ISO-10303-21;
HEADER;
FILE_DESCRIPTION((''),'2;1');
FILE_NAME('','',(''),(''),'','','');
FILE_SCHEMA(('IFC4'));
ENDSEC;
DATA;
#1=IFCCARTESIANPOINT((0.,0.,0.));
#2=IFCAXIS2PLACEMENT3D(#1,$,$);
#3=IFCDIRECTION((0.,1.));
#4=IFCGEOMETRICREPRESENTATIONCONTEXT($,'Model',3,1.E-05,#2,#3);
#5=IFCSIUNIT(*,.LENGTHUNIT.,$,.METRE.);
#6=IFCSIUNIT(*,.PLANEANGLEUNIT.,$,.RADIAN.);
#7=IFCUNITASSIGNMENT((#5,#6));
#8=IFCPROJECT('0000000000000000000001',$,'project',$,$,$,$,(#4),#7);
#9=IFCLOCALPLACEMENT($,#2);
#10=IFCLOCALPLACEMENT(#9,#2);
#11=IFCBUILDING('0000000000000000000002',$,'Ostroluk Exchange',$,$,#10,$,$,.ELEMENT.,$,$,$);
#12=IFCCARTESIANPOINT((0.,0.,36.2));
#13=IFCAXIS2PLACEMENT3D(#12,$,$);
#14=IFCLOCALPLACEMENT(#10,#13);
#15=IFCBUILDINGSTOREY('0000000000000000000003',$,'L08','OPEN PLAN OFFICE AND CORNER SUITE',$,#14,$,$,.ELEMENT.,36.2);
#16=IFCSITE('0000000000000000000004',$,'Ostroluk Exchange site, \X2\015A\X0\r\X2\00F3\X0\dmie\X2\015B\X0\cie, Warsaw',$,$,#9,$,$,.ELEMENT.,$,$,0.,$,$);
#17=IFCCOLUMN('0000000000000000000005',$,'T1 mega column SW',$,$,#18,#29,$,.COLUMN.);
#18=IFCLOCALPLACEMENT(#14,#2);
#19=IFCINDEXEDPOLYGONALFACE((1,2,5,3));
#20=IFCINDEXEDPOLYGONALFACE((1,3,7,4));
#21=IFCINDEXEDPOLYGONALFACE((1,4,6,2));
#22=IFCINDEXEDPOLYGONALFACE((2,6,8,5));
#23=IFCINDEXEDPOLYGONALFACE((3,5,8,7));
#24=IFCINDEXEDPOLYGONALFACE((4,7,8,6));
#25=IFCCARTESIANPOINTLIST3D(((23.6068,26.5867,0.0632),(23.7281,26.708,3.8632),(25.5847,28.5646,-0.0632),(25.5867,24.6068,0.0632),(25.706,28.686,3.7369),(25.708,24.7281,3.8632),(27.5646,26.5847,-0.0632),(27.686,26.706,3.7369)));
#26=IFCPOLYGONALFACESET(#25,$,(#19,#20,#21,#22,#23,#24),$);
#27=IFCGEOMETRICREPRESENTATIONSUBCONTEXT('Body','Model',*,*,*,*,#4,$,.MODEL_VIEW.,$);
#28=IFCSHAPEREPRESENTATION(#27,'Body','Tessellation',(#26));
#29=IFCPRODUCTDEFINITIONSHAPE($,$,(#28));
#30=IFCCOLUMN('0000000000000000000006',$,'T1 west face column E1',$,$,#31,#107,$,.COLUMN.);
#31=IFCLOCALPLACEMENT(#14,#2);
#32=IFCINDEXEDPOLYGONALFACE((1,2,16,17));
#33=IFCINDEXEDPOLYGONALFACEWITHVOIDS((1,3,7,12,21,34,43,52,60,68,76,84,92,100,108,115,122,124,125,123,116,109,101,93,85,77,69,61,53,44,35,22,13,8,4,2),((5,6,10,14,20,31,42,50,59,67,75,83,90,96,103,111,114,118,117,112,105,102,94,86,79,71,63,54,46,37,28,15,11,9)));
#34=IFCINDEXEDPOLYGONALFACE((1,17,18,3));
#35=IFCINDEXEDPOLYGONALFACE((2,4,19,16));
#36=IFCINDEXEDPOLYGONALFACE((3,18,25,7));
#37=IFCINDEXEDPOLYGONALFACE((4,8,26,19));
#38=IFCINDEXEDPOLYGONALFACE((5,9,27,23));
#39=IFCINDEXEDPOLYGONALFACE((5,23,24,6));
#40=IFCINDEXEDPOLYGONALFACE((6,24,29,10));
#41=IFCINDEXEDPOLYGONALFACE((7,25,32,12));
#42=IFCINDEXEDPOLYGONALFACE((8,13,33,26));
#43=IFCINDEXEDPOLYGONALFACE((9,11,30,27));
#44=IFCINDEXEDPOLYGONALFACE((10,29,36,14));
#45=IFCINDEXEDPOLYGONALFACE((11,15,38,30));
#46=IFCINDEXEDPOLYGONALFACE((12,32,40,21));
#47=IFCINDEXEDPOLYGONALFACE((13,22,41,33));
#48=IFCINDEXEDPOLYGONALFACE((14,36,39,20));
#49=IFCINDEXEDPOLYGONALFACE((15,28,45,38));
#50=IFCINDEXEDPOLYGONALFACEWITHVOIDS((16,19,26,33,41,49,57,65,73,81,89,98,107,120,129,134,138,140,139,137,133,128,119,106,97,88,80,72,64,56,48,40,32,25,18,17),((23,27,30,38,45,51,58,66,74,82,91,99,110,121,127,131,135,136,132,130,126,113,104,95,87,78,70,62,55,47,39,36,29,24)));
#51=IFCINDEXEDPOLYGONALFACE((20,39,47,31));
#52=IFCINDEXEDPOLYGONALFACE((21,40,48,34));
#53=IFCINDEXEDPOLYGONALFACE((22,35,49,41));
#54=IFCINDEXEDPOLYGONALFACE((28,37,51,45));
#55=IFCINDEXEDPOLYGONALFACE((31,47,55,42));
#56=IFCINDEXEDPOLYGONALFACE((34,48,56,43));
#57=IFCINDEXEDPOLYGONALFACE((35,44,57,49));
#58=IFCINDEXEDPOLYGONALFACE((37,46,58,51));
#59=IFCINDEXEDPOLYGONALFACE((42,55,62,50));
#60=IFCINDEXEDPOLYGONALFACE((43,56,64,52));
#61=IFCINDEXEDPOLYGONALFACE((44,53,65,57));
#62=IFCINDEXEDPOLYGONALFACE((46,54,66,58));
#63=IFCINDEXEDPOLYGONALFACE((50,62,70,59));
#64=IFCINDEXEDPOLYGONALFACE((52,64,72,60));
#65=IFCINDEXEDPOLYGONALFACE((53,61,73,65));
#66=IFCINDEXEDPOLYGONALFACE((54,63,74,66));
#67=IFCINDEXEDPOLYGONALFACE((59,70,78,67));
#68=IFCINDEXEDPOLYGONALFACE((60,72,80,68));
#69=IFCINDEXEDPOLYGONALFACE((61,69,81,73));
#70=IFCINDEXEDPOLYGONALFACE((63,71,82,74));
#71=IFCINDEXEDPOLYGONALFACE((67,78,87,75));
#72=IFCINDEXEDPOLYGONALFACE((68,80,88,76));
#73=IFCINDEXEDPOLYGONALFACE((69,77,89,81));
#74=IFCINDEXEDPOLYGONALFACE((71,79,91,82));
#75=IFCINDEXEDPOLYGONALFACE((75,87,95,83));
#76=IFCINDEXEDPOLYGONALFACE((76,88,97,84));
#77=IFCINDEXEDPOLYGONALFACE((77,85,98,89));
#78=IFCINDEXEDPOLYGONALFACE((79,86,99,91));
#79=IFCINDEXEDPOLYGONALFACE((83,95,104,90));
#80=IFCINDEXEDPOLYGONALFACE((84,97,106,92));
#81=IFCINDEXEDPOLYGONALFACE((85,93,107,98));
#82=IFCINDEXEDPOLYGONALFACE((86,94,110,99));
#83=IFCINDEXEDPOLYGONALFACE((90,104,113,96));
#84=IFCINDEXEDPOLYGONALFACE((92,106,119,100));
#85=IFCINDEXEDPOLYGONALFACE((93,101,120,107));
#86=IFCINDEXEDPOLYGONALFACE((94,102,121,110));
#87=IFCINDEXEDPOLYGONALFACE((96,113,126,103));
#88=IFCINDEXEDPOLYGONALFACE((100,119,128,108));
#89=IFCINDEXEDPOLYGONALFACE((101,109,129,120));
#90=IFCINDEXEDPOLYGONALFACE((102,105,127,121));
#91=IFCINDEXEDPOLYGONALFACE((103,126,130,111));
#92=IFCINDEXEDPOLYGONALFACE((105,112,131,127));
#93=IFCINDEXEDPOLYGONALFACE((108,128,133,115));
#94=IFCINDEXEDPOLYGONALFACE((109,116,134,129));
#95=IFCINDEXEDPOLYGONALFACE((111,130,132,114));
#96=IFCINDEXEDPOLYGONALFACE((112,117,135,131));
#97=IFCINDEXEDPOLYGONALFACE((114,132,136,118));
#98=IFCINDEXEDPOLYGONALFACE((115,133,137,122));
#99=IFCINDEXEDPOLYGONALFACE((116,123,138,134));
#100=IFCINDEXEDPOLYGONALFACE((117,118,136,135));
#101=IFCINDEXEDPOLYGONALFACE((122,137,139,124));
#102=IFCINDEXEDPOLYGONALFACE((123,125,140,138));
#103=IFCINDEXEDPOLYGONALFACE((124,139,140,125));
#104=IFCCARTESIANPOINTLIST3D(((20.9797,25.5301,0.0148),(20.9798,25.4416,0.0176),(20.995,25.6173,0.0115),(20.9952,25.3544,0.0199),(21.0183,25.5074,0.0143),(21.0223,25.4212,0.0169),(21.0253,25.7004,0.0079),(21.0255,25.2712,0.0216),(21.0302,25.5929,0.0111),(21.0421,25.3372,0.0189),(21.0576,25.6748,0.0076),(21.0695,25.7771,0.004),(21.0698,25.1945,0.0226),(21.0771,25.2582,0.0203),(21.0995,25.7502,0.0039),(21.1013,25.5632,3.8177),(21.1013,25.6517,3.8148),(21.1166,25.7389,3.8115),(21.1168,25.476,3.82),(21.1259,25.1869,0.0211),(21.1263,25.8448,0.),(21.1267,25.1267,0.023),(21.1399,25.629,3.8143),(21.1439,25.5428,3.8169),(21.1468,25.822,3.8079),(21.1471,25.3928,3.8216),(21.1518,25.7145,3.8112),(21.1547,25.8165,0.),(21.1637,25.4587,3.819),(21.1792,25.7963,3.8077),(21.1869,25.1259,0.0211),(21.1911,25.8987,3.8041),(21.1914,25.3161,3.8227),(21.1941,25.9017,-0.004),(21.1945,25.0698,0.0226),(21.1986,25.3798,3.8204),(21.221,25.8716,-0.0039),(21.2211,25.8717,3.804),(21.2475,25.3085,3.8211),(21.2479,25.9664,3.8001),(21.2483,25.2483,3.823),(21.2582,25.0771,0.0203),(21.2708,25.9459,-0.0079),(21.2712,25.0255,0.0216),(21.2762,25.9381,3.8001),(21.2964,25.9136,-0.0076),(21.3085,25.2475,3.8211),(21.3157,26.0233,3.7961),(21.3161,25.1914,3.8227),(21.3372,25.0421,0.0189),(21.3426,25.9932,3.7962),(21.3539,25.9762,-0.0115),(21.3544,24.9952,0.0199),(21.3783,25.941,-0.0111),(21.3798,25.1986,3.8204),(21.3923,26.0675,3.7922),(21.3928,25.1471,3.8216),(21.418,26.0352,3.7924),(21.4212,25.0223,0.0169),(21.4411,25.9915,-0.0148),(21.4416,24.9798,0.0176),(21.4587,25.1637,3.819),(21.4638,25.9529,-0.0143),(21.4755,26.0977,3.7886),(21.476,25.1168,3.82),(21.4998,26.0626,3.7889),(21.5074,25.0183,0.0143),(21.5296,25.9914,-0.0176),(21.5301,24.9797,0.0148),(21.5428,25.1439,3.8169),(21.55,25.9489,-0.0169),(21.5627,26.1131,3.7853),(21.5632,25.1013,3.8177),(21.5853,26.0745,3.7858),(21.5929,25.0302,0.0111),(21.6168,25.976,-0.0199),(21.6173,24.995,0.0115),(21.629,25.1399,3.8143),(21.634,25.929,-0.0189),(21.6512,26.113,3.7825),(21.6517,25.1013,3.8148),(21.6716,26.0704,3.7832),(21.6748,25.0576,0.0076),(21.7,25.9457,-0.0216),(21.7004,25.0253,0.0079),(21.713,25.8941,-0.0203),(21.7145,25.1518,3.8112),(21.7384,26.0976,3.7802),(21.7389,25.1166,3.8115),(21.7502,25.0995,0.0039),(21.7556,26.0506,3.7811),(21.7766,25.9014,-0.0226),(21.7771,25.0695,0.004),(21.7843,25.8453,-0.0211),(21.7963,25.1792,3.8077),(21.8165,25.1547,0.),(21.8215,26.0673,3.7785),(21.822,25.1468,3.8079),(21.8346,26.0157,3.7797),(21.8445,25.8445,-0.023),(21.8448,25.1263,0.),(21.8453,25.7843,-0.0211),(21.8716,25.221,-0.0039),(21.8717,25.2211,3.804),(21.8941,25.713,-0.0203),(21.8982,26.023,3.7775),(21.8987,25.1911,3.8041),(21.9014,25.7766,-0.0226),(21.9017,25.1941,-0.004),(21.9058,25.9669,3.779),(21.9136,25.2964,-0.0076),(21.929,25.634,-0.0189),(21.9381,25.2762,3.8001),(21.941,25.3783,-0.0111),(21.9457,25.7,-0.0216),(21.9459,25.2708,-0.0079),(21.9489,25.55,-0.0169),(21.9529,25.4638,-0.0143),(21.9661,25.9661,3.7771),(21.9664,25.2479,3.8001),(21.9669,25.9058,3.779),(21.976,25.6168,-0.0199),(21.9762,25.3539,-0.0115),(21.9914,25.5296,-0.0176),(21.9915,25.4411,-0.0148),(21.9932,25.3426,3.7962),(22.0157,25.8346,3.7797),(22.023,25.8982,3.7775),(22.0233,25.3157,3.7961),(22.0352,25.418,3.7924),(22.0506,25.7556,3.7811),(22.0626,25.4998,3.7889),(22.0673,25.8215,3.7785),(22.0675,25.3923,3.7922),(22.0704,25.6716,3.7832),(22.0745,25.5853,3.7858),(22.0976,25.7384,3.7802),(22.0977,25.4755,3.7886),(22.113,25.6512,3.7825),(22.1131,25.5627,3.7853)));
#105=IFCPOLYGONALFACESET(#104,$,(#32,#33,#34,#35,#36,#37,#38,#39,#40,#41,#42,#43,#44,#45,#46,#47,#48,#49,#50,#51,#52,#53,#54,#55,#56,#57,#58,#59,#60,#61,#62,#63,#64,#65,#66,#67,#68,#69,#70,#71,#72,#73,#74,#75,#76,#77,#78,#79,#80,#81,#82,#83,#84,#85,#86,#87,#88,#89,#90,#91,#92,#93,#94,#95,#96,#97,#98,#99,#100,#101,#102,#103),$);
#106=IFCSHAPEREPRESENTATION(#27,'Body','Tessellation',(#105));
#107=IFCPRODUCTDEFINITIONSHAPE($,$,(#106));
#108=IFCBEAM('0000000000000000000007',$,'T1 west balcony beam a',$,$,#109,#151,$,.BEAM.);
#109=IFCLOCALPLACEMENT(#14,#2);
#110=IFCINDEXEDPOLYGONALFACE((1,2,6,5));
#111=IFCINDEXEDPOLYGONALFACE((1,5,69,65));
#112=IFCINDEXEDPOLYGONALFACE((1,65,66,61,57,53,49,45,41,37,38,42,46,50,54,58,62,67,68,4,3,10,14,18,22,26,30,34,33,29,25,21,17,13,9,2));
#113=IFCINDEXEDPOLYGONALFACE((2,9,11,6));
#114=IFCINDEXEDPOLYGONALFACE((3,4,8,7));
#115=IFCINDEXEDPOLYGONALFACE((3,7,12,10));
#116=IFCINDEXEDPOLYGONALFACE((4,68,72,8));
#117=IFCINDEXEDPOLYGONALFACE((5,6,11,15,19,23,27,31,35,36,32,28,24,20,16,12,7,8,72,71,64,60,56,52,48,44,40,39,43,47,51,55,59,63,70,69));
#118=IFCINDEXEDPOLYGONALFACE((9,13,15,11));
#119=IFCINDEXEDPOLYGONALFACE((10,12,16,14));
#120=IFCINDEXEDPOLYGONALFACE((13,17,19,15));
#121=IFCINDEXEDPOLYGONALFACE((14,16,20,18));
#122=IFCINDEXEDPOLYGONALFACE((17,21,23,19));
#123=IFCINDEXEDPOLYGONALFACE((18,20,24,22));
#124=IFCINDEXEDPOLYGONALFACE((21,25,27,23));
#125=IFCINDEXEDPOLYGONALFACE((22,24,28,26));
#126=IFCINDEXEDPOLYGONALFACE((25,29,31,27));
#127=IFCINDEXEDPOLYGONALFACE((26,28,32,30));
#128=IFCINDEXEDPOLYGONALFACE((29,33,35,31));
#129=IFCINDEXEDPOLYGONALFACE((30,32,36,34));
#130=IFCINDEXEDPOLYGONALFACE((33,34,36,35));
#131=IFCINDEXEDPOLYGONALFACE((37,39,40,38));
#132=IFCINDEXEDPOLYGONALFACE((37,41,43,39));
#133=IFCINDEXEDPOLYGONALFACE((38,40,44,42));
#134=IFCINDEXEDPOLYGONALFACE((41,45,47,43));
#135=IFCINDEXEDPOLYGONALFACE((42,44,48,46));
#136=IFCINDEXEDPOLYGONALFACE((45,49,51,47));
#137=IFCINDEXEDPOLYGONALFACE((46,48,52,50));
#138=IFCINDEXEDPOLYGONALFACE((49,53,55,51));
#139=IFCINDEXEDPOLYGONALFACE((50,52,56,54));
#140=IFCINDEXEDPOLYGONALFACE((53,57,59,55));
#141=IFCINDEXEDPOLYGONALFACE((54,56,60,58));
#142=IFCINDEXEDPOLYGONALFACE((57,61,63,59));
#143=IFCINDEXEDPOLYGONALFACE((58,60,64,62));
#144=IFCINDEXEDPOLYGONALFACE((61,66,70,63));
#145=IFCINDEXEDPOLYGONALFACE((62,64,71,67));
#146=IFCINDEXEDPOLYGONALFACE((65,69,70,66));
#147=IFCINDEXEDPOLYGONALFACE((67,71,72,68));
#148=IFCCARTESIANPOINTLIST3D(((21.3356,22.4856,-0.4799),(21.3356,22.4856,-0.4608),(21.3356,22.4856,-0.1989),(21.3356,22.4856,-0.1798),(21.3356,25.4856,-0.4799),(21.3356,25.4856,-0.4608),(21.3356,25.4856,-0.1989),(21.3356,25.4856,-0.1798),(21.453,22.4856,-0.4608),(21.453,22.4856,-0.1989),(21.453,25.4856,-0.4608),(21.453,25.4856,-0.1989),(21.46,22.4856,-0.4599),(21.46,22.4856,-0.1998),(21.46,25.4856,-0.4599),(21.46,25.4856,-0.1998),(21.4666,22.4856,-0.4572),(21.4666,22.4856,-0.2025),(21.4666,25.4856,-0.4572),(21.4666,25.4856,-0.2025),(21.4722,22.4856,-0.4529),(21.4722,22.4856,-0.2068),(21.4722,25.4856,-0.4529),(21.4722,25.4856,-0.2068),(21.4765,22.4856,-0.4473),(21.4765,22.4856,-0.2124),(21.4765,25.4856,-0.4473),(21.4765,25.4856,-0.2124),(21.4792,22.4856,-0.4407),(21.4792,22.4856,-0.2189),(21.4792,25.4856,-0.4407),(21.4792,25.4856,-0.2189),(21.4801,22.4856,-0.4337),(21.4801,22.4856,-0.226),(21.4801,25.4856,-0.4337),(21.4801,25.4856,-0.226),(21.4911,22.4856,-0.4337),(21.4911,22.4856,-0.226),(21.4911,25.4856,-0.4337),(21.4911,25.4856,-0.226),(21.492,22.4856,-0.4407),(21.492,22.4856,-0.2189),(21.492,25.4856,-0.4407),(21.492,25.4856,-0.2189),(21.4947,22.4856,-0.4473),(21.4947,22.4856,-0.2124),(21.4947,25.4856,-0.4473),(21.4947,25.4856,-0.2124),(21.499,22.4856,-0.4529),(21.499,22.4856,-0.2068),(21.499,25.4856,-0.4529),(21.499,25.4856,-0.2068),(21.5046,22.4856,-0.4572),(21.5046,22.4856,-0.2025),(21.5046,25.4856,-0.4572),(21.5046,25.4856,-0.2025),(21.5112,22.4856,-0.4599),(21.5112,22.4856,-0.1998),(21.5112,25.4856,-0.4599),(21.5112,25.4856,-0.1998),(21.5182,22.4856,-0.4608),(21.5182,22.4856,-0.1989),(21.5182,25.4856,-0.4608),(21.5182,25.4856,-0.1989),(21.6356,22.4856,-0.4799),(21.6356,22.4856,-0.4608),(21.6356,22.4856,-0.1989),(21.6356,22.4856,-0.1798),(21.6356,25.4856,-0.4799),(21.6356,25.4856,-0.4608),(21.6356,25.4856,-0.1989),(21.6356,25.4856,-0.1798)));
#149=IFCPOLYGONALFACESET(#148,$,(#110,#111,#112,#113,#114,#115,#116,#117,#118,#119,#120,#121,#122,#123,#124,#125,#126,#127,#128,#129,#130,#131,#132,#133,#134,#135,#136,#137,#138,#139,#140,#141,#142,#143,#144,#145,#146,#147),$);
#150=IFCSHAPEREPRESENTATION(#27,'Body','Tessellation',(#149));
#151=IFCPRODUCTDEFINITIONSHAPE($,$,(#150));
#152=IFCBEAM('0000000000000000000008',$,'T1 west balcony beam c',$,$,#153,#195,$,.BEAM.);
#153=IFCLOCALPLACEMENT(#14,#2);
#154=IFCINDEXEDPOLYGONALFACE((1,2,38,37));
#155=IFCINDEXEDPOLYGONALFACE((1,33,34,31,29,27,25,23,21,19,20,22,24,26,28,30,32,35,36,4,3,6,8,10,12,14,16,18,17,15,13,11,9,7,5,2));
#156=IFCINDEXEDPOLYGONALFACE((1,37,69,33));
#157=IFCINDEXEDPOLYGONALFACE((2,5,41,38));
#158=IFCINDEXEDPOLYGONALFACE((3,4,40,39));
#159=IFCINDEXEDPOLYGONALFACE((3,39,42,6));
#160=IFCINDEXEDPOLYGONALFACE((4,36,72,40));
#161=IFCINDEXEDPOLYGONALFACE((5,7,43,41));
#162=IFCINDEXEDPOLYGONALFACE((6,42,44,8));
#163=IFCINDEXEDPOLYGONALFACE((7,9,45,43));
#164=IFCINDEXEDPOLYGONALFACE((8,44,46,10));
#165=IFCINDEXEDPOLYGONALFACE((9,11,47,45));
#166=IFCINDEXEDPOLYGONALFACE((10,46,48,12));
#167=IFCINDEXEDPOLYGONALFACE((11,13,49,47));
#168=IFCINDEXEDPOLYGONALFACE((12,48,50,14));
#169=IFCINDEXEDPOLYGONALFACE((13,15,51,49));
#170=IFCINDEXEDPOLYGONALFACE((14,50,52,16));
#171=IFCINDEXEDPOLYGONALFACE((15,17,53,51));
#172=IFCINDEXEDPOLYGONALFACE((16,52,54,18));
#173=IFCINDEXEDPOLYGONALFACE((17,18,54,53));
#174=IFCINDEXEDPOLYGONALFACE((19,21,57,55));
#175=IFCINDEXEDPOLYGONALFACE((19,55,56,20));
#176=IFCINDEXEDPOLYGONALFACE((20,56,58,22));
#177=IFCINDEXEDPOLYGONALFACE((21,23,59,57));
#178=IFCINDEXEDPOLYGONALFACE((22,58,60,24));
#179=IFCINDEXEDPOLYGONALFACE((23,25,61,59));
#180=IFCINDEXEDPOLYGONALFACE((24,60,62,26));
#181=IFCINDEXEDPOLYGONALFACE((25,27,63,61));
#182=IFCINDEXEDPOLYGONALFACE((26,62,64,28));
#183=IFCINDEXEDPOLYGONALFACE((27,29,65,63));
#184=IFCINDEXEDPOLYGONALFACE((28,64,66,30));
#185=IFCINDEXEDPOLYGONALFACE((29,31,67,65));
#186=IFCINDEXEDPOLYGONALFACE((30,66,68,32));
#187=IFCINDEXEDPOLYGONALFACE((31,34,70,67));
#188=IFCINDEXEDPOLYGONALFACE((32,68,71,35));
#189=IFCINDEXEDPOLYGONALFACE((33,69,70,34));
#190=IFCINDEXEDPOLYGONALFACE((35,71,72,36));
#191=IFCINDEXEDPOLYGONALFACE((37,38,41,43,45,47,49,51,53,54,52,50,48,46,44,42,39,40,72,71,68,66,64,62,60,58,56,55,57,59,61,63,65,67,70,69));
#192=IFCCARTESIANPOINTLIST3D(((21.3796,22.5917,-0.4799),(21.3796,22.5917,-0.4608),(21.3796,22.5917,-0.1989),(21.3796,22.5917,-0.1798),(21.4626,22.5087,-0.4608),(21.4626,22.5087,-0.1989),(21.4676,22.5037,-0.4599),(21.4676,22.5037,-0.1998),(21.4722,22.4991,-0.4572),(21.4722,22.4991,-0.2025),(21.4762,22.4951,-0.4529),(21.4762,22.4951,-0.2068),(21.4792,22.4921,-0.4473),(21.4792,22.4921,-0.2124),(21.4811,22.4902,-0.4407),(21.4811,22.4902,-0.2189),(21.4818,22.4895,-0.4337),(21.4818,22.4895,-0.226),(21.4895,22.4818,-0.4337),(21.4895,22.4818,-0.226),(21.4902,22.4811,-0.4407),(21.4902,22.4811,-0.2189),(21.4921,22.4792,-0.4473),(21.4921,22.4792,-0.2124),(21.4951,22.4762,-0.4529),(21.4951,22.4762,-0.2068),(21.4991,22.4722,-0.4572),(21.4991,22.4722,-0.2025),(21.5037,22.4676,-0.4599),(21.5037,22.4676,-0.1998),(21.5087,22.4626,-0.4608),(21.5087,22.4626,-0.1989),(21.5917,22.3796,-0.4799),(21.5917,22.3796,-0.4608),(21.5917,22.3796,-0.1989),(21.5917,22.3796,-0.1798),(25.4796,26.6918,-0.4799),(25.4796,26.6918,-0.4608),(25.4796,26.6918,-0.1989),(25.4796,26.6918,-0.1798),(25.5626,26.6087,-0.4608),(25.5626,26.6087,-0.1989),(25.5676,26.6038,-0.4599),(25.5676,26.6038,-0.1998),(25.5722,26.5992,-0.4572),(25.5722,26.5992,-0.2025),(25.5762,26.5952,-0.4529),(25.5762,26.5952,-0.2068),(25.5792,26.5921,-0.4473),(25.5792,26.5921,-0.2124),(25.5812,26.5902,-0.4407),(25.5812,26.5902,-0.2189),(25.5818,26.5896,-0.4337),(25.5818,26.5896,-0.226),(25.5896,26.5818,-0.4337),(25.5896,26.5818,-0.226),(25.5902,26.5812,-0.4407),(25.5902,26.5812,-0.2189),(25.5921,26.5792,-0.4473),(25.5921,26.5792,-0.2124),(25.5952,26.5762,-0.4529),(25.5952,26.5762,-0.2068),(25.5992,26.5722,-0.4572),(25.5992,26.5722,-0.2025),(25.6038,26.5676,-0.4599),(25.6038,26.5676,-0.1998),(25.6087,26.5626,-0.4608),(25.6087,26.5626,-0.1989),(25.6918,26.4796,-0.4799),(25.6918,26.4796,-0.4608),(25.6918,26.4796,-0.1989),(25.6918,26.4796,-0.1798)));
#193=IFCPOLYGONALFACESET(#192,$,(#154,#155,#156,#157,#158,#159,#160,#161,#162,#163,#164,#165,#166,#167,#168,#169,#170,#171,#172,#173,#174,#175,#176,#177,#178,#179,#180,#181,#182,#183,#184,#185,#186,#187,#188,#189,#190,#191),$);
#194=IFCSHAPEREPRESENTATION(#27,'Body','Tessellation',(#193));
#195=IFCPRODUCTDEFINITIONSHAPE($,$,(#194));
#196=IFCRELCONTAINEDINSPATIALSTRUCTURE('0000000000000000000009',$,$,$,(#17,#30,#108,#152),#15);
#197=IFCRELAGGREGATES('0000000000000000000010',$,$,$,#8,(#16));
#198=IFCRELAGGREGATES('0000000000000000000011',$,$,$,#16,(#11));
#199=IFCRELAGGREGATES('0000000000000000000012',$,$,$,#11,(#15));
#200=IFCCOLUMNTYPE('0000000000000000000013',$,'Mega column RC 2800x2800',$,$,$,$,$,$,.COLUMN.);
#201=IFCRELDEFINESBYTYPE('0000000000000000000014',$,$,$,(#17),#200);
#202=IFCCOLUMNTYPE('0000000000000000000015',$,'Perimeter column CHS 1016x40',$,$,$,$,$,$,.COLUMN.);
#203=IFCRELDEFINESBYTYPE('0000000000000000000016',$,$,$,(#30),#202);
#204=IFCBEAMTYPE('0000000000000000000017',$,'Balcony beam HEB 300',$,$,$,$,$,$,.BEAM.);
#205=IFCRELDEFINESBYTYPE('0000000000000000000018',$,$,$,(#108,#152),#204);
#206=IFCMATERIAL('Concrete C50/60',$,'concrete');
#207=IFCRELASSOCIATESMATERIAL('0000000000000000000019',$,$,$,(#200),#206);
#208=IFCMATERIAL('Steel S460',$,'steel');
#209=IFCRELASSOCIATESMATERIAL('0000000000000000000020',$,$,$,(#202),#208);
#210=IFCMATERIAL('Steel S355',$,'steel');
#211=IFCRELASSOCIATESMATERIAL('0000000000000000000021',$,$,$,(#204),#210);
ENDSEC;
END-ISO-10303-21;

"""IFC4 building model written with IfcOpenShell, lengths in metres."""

from ifc_helpers import new_model, si_unit, direction, frame, origin, origin_2d, place, context, subcontext, project, spatial, rectangle, hollow_circle, i_section, extrude, material, material_profile, profile_set, type_object, element, save


model = new_model("IFC4")

# Units and contexts
model_context = context("Model", 3, precision=1e-05, world=origin(), true_north=direction((0.0, 1.0)))
body_context = subcontext(model_context, "Body", "Model", "MODEL_VIEW")
ifc_project = project(units=[si_unit("LENGTHUNIT", "METRE"), si_unit("PLANEANGLEUNIT", "RADIAN")], contexts=[model_context])

# Site, building, storey
site_placement = place(None, origin())
site = spatial("IfcSite", under=ifc_project, at=site_placement, Name="Ostroluk Exchange site, Śródmieście, Warsaw", CompositionType="ELEMENT", RefElevation=0.0)
building_placement = place(site_placement, origin())
building = spatial("IfcBuilding", under=site, at=building_placement, Name="Ostroluk Exchange", CompositionType="ELEMENT")
storey_placement = place(building_placement, frame((0.0, 0.0, 36.2)))
storey = spatial("IfcBuildingStorey", under=building, at=storey_placement, Name="L08", Description="OPEN PLAN OFFICE AND CORNER SUITE", CompositionType="ELEMENT", Elevation=36.2)

# Columns
ifc_material_1 = material(Name="Concrete C50/60", Category="concrete")
ifc_material_profile_1 = material_profile(ifc_material_1, rectangle(XDim=2.8, YDim=2.8, at=origin_2d()), Name="RC 2800x2800")
ifc_profile_set_1 = profile_set([ifc_material_profile_1], Name="Concrete C50/60")
column_type_1 = type_object("IfcColumnType", Name="Mega column RC 2800x2800", PredefinedType="COLUMN", material=ifc_profile_set_1)
column_1_placement = place(storey_placement, frame((25.5857, 26.5857, 0.0), z_axis=(0.031898, 0.031898, 0.998982), x_axis=(-0.707107, 0.707107, 0.0)))
element("IfcColumn", 1, at=column_1_placement, inside=storey, type_object=column_type_1, Name="T1 mega column SW", PredefinedType="COLUMN", context=body_context, shape_type="SweptSolid", body=[
    extrude(rectangle(XDim=2.8, YDim=2.8, at=origin_2d()), origin(), (0.0, 0.0, 1.0), 3.804),
])
ifc_material_2 = material(Name="Steel S460", Category="steel")
ifc_material_profile_2 = material_profile(ifc_material_2, hollow_circle(Radius=0.5081, WallThickness=0.04, at=origin_2d()), Name="CHS 1016x40")
ifc_profile_set_2 = profile_set([ifc_material_profile_2], Name="Steel S460")
column_type_2 = type_object("IfcColumnType", Name="Perimeter column CHS 1016x40", PredefinedType="COLUMN", material=ifc_profile_set_2)
column_2_placement = place(storey_placement, frame((21.4856, 25.4856, 0.0), z_axis=(0.031962, 0.031962, 0.998978), x_axis=(-0.707107, 0.707107, 0.0)))
element("IfcColumn", 2, at=column_2_placement, inside=storey, type_object=column_type_2, Name="T1 west face column E1", PredefinedType="COLUMN", context=body_context, shape_type="SweptSolid", body=[
    extrude(hollow_circle(Radius=0.5081, WallThickness=0.04, at=origin_2d()), origin(), (0.0, 0.0, 1.0), 3.804),
])

# Beams
ifc_material_3 = material(Name="Steel S355", Category="steel")
ifc_material_profile_3 = material_profile(ifc_material_3, i_section(OverallWidth=0.3, OverallDepth=0.3, WebThickness=0.011, FlangeThickness=0.019, FilletRadius=0.0271, at=origin_2d()), Name="HEB 300")
ifc_profile_set_3 = profile_set([ifc_material_profile_3], Name="Steel S355")
beam_type_1 = type_object("IfcBeamType", Name="Balcony beam HEB 300", PredefinedType="BEAM", material=ifc_profile_set_3)
beam_1_placement = place(storey_placement, frame((21.4856, 25.4856, -0.3298), z_axis=(0.0, -1.0, 0.0), x_axis=(1.0, 0.0, 0.0)))
element("IfcBeam", 3, at=beam_1_placement, inside=storey, type_object=beam_type_1, Name="T1 west balcony beam a", PredefinedType="BEAM", context=body_context, shape_type="SweptSolid", body=[
    extrude(i_section(OverallWidth=0.3, OverallDepth=0.3, WebThickness=0.011, FlangeThickness=0.019, FilletRadius=0.0271, at=origin_2d()), origin(), (0.0, 0.0, 1.0), 3.0),
])
beam_2_placement = place(storey_placement, frame((25.5857, 26.5857, -0.3298), z_axis=(-0.707107, -0.707107, 0.0), x_axis=(0.707107, -0.707107, 0.0)))
element("IfcBeam", 4, at=beam_2_placement, inside=storey, type_object=beam_type_1, Name="T1 west balcony beam c", PredefinedType="BEAM", context=body_context, shape_type="SweptSolid", body=[
    extrude(i_section(OverallWidth=0.3, OverallDepth=0.3, WebThickness=0.011, FlangeThickness=0.019, FilletRadius=0.0271, at=origin_2d()), origin(), (0.0, 0.0, 1.0), 5.7983),
])

save(model, "model.ifc")
